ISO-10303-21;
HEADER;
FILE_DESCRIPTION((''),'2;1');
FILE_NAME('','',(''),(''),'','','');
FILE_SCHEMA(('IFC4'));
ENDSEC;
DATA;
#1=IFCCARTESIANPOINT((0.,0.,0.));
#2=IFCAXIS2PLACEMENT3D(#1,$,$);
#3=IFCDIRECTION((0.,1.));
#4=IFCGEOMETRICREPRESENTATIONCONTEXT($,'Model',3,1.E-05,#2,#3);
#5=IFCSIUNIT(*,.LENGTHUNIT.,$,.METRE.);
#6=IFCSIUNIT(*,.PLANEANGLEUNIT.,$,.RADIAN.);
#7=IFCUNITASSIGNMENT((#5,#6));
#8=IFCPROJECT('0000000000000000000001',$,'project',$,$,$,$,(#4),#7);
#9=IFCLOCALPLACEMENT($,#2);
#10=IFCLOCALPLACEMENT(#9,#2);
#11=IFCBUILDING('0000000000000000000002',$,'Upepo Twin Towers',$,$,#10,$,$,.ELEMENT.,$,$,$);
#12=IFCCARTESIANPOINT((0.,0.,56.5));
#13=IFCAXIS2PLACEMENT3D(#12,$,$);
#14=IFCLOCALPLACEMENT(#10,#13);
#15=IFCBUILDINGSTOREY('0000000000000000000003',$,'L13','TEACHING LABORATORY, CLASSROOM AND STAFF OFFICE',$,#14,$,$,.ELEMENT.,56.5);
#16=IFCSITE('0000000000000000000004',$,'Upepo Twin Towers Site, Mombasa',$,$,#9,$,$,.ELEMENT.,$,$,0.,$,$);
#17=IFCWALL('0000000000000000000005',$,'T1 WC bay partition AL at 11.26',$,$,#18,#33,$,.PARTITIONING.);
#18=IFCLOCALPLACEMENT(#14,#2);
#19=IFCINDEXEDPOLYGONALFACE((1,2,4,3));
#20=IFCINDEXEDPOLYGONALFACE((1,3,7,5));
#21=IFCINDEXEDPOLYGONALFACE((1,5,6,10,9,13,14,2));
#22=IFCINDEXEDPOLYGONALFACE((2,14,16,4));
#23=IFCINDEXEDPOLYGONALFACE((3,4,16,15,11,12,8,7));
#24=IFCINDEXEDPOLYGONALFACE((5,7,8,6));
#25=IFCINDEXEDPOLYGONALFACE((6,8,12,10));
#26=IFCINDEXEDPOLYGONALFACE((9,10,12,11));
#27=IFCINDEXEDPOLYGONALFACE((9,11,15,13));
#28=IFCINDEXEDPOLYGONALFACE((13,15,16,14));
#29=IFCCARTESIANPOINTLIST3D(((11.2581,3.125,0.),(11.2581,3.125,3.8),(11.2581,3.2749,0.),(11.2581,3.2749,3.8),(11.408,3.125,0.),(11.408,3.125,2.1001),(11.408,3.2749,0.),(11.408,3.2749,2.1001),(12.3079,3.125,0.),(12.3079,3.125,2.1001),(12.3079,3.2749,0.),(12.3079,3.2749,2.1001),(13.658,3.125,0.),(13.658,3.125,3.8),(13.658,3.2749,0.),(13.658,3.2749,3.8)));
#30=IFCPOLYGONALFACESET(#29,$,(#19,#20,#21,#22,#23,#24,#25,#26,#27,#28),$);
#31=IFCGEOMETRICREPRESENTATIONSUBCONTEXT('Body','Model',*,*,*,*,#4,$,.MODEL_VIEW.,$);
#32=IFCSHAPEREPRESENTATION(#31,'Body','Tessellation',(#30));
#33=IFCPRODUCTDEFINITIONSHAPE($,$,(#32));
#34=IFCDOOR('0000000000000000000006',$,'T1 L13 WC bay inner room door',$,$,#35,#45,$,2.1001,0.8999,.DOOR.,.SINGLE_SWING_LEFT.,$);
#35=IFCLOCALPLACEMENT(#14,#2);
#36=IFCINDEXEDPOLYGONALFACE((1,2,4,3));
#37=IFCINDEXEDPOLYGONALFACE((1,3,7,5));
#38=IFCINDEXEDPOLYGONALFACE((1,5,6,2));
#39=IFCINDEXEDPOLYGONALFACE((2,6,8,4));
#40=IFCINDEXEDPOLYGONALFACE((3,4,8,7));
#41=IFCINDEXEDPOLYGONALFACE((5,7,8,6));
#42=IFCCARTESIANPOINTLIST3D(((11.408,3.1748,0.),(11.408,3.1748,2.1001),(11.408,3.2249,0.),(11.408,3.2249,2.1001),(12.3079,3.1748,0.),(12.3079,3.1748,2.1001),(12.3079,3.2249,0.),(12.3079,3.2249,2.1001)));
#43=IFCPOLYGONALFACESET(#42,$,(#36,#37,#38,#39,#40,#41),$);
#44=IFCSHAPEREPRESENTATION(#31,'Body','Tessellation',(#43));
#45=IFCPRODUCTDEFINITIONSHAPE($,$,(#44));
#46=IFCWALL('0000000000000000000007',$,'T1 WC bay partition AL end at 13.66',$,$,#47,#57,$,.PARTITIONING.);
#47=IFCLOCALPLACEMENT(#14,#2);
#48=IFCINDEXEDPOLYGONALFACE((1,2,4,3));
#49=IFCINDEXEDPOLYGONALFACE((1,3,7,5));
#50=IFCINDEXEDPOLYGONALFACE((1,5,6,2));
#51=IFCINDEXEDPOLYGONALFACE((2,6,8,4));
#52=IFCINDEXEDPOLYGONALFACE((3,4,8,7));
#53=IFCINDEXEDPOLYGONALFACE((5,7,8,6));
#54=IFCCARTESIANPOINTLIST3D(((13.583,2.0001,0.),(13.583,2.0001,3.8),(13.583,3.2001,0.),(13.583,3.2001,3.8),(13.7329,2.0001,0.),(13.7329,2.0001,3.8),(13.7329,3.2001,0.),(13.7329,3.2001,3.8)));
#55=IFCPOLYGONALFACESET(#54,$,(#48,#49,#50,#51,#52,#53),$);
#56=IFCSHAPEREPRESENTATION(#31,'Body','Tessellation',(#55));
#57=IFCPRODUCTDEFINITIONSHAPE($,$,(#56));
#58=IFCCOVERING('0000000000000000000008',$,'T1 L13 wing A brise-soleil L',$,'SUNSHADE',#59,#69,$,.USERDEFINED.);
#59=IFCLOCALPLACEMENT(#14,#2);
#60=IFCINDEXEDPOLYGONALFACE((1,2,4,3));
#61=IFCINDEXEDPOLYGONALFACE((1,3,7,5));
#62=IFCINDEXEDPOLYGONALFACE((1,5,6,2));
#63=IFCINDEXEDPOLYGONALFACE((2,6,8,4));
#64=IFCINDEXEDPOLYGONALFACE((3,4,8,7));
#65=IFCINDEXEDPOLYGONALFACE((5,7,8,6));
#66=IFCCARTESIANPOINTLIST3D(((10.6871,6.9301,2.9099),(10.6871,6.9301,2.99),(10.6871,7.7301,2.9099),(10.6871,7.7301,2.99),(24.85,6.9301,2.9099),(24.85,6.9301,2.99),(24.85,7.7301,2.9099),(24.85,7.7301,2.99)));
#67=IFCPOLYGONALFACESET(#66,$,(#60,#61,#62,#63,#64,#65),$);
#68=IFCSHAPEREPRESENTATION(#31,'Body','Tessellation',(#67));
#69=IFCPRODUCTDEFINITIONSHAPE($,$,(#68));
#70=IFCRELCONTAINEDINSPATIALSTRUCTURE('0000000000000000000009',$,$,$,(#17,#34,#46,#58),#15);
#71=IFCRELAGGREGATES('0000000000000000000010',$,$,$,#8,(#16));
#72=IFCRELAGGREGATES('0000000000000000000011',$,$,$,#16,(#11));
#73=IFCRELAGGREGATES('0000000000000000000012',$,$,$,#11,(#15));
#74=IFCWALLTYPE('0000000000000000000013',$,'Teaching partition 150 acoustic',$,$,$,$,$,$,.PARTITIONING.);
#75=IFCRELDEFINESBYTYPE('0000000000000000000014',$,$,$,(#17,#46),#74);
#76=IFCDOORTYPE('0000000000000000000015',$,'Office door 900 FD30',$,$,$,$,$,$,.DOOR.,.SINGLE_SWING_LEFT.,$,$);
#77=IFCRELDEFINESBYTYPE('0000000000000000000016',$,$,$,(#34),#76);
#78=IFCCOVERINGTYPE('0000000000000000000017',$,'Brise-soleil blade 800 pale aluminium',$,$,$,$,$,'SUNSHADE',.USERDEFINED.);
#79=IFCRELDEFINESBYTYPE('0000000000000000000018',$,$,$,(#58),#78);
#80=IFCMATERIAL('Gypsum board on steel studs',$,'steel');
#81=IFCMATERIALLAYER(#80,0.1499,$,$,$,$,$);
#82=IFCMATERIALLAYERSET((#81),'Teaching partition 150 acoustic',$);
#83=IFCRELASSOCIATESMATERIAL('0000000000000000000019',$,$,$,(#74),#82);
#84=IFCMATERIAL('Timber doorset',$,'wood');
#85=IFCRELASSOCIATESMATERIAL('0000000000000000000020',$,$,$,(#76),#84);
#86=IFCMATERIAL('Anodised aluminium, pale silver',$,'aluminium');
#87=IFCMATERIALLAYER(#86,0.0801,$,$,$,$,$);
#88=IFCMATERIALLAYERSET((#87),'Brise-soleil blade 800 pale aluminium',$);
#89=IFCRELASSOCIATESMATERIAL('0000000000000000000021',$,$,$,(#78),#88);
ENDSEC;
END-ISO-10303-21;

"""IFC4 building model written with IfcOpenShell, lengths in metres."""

from ifc_helpers import new_model, si_unit, direction, frame, frame_2d, origin, origin_2d, place, context, subcontext, project, spatial, rectangle, extrude, material, layer, layer_set, type_object, element, fill, save


model = new_model("IFC4")

# Units and contexts
model_context = context("Model", 3, precision=1e-05, world=origin(), true_north=direction((0.0, 1.0)))
body_context = subcontext(model_context, "Body", "Model", "MODEL_VIEW")
ifc_project = project(units=[si_unit("LENGTHUNIT", "METRE"), si_unit("PLANEANGLEUNIT", "RADIAN")], contexts=[model_context])

# Site, building, storey
site_placement = place(None, origin())
site = spatial("IfcSite", under=ifc_project, at=site_placement, Name="Upepo Twin Towers Site, Mombasa", CompositionType="ELEMENT", RefElevation=0.0)
building_placement = place(site_placement, origin())
building = spatial("IfcBuilding", under=site, at=building_placement, Name="Upepo Twin Towers", CompositionType="ELEMENT")
storey_placement = place(building_placement, frame((0.0, 0.0, 56.5)))
storey = spatial("IfcBuildingStorey", under=building, at=storey_placement, Name="L13", Description="TEACHING LABORATORY, CLASSROOM AND STAFF OFFICE", CompositionType="ELEMENT", Elevation=56.5)

# Shared definitions
ifc_material_1 = material(Name="Gypsum board on steel studs", Category="steel")
ifc_layer_1 = layer(ifc_material_1, 0.1499)
ifc_layer_set_1 = layer_set([ifc_layer_1], Name="Teaching partition 150 acoustic")
wall_type_1 = type_object("IfcWallType", Name="Teaching partition 150 acoustic", PredefinedType="PARTITIONING", material=ifc_layer_set_1)

# Wall, opening, door
wall_1_placement = place(storey_placement, frame((11.2581, 3.2, 0.0), z_axis=(0.0, 0.0, 1.0), x_axis=(1.0, 0.0, 0.0)))
wall_1 = element("IfcWall", 1, at=wall_1_placement, inside=storey, type_object=wall_type_1, Name="T1 WC bay partition AL at 11.26", PredefinedType="PARTITIONING", context=body_context, shape_type="SweptSolid", body=[
    extrude(rectangle(XDim=2.3999, YDim=0.1499, at=frame_2d((1.2, 0.0))), origin(), (0.0, 0.0, 1.0), 3.8),
])
opening_1_placement = place(wall_1_placement, frame((0.1499, 0.0, 0.0)))
opening_1 = element("IfcOpeningElement", 2, at=opening_1_placement, cuts=wall_1, PredefinedType="OPENING", context=body_context, shape_type="SweptSolid", body=[
    extrude(rectangle(XDim=0.8999, YDim=2.1001, at=frame_2d((0.45, 1.05))), frame((0.0, 0.085, 0.0), z_axis=(0.0, -1.0, 0.0), x_axis=(1.0, 0.0, 0.0)), (0.0, 0.0, 1.0), 0.1699),
])
ifc_material_2 = material(Name="Timber doorset", Category="wood")
door_type_1 = type_object("IfcDoorType", Name="Office door 900 FD30", OperationType="SINGLE_SWING_LEFT", PredefinedType="DOOR", material=ifc_material_2)
door_1_placement = place(opening_1_placement, origin())
door_1 = element("IfcDoor", 3, at=door_1_placement, inside=storey, type_object=door_type_1, Name="T1 L13 WC bay inner room door", OperationType="SINGLE_SWING_LEFT", OverallHeight=2.1001, OverallWidth=0.8999, PredefinedType="DOOR", context=body_context, shape_type="SweptSolid", body=[
    extrude(rectangle(XDim=0.8999, YDim=2.1001, at=frame_2d((0.45, 1.05))), frame((0.0, 0.0249, 0.0), z_axis=(0.0, -1.0, 0.0), x_axis=(1.0, 0.0, 0.0)), (0.0, 0.0, 1.0), 0.05),
])
fill(opening_1, door_1)

# Wall
wall_2_placement = place(storey_placement, frame((13.658, 2.0, 0.0), z_axis=(0.0, 0.0, 1.0), x_axis=(0.0, 1.0, 0.0)))
element("IfcWall", 4, at=wall_2_placement, inside=storey, type_object=wall_type_1, Name="T1 WC bay partition AL end at 13.66", PredefinedType="PARTITIONING", context=body_context, shape_type="SweptSolid", body=[
    extrude(rectangle(XDim=1.2, YDim=0.1499, at=frame_2d((0.6001, 0.0))), origin(), (0.0, 0.0, 1.0), 3.8),
])

# Covering
ifc_material_3 = material(Name="Anodised aluminium, pale silver", Category="aluminium")
ifc_layer_2 = layer(ifc_material_3, 0.0801)
ifc_layer_set_2 = layer_set([ifc_layer_2], Name="Brise-soleil blade 800 pale aluminium")
covering_type = type_object("IfcCoveringType", Name="Brise-soleil blade 800 pale aluminium", ElementType="SUNSHADE", PredefinedType="USERDEFINED", material=ifc_layer_set_2)
covering_placement = place(storey_placement, frame((17.7686, 7.3301, 2.9099), z_axis=(0.0, 0.0, 1.0), x_axis=(1.0, 0.0, 0.0)))
element("IfcCovering", 5, at=covering_placement, inside=storey, type_object=covering_type, Name="T1 L13 wing A brise-soleil L", ObjectType="SUNSHADE", PredefinedType="USERDEFINED", context=body_context, shape_type="SweptSolid", body=[
    extrude(rectangle(XDim=14.1628, YDim=0.8, at=origin_2d()), origin(), (0.0, 0.0, 1.0), 0.0801),
])

save(model, "model.ifc")
